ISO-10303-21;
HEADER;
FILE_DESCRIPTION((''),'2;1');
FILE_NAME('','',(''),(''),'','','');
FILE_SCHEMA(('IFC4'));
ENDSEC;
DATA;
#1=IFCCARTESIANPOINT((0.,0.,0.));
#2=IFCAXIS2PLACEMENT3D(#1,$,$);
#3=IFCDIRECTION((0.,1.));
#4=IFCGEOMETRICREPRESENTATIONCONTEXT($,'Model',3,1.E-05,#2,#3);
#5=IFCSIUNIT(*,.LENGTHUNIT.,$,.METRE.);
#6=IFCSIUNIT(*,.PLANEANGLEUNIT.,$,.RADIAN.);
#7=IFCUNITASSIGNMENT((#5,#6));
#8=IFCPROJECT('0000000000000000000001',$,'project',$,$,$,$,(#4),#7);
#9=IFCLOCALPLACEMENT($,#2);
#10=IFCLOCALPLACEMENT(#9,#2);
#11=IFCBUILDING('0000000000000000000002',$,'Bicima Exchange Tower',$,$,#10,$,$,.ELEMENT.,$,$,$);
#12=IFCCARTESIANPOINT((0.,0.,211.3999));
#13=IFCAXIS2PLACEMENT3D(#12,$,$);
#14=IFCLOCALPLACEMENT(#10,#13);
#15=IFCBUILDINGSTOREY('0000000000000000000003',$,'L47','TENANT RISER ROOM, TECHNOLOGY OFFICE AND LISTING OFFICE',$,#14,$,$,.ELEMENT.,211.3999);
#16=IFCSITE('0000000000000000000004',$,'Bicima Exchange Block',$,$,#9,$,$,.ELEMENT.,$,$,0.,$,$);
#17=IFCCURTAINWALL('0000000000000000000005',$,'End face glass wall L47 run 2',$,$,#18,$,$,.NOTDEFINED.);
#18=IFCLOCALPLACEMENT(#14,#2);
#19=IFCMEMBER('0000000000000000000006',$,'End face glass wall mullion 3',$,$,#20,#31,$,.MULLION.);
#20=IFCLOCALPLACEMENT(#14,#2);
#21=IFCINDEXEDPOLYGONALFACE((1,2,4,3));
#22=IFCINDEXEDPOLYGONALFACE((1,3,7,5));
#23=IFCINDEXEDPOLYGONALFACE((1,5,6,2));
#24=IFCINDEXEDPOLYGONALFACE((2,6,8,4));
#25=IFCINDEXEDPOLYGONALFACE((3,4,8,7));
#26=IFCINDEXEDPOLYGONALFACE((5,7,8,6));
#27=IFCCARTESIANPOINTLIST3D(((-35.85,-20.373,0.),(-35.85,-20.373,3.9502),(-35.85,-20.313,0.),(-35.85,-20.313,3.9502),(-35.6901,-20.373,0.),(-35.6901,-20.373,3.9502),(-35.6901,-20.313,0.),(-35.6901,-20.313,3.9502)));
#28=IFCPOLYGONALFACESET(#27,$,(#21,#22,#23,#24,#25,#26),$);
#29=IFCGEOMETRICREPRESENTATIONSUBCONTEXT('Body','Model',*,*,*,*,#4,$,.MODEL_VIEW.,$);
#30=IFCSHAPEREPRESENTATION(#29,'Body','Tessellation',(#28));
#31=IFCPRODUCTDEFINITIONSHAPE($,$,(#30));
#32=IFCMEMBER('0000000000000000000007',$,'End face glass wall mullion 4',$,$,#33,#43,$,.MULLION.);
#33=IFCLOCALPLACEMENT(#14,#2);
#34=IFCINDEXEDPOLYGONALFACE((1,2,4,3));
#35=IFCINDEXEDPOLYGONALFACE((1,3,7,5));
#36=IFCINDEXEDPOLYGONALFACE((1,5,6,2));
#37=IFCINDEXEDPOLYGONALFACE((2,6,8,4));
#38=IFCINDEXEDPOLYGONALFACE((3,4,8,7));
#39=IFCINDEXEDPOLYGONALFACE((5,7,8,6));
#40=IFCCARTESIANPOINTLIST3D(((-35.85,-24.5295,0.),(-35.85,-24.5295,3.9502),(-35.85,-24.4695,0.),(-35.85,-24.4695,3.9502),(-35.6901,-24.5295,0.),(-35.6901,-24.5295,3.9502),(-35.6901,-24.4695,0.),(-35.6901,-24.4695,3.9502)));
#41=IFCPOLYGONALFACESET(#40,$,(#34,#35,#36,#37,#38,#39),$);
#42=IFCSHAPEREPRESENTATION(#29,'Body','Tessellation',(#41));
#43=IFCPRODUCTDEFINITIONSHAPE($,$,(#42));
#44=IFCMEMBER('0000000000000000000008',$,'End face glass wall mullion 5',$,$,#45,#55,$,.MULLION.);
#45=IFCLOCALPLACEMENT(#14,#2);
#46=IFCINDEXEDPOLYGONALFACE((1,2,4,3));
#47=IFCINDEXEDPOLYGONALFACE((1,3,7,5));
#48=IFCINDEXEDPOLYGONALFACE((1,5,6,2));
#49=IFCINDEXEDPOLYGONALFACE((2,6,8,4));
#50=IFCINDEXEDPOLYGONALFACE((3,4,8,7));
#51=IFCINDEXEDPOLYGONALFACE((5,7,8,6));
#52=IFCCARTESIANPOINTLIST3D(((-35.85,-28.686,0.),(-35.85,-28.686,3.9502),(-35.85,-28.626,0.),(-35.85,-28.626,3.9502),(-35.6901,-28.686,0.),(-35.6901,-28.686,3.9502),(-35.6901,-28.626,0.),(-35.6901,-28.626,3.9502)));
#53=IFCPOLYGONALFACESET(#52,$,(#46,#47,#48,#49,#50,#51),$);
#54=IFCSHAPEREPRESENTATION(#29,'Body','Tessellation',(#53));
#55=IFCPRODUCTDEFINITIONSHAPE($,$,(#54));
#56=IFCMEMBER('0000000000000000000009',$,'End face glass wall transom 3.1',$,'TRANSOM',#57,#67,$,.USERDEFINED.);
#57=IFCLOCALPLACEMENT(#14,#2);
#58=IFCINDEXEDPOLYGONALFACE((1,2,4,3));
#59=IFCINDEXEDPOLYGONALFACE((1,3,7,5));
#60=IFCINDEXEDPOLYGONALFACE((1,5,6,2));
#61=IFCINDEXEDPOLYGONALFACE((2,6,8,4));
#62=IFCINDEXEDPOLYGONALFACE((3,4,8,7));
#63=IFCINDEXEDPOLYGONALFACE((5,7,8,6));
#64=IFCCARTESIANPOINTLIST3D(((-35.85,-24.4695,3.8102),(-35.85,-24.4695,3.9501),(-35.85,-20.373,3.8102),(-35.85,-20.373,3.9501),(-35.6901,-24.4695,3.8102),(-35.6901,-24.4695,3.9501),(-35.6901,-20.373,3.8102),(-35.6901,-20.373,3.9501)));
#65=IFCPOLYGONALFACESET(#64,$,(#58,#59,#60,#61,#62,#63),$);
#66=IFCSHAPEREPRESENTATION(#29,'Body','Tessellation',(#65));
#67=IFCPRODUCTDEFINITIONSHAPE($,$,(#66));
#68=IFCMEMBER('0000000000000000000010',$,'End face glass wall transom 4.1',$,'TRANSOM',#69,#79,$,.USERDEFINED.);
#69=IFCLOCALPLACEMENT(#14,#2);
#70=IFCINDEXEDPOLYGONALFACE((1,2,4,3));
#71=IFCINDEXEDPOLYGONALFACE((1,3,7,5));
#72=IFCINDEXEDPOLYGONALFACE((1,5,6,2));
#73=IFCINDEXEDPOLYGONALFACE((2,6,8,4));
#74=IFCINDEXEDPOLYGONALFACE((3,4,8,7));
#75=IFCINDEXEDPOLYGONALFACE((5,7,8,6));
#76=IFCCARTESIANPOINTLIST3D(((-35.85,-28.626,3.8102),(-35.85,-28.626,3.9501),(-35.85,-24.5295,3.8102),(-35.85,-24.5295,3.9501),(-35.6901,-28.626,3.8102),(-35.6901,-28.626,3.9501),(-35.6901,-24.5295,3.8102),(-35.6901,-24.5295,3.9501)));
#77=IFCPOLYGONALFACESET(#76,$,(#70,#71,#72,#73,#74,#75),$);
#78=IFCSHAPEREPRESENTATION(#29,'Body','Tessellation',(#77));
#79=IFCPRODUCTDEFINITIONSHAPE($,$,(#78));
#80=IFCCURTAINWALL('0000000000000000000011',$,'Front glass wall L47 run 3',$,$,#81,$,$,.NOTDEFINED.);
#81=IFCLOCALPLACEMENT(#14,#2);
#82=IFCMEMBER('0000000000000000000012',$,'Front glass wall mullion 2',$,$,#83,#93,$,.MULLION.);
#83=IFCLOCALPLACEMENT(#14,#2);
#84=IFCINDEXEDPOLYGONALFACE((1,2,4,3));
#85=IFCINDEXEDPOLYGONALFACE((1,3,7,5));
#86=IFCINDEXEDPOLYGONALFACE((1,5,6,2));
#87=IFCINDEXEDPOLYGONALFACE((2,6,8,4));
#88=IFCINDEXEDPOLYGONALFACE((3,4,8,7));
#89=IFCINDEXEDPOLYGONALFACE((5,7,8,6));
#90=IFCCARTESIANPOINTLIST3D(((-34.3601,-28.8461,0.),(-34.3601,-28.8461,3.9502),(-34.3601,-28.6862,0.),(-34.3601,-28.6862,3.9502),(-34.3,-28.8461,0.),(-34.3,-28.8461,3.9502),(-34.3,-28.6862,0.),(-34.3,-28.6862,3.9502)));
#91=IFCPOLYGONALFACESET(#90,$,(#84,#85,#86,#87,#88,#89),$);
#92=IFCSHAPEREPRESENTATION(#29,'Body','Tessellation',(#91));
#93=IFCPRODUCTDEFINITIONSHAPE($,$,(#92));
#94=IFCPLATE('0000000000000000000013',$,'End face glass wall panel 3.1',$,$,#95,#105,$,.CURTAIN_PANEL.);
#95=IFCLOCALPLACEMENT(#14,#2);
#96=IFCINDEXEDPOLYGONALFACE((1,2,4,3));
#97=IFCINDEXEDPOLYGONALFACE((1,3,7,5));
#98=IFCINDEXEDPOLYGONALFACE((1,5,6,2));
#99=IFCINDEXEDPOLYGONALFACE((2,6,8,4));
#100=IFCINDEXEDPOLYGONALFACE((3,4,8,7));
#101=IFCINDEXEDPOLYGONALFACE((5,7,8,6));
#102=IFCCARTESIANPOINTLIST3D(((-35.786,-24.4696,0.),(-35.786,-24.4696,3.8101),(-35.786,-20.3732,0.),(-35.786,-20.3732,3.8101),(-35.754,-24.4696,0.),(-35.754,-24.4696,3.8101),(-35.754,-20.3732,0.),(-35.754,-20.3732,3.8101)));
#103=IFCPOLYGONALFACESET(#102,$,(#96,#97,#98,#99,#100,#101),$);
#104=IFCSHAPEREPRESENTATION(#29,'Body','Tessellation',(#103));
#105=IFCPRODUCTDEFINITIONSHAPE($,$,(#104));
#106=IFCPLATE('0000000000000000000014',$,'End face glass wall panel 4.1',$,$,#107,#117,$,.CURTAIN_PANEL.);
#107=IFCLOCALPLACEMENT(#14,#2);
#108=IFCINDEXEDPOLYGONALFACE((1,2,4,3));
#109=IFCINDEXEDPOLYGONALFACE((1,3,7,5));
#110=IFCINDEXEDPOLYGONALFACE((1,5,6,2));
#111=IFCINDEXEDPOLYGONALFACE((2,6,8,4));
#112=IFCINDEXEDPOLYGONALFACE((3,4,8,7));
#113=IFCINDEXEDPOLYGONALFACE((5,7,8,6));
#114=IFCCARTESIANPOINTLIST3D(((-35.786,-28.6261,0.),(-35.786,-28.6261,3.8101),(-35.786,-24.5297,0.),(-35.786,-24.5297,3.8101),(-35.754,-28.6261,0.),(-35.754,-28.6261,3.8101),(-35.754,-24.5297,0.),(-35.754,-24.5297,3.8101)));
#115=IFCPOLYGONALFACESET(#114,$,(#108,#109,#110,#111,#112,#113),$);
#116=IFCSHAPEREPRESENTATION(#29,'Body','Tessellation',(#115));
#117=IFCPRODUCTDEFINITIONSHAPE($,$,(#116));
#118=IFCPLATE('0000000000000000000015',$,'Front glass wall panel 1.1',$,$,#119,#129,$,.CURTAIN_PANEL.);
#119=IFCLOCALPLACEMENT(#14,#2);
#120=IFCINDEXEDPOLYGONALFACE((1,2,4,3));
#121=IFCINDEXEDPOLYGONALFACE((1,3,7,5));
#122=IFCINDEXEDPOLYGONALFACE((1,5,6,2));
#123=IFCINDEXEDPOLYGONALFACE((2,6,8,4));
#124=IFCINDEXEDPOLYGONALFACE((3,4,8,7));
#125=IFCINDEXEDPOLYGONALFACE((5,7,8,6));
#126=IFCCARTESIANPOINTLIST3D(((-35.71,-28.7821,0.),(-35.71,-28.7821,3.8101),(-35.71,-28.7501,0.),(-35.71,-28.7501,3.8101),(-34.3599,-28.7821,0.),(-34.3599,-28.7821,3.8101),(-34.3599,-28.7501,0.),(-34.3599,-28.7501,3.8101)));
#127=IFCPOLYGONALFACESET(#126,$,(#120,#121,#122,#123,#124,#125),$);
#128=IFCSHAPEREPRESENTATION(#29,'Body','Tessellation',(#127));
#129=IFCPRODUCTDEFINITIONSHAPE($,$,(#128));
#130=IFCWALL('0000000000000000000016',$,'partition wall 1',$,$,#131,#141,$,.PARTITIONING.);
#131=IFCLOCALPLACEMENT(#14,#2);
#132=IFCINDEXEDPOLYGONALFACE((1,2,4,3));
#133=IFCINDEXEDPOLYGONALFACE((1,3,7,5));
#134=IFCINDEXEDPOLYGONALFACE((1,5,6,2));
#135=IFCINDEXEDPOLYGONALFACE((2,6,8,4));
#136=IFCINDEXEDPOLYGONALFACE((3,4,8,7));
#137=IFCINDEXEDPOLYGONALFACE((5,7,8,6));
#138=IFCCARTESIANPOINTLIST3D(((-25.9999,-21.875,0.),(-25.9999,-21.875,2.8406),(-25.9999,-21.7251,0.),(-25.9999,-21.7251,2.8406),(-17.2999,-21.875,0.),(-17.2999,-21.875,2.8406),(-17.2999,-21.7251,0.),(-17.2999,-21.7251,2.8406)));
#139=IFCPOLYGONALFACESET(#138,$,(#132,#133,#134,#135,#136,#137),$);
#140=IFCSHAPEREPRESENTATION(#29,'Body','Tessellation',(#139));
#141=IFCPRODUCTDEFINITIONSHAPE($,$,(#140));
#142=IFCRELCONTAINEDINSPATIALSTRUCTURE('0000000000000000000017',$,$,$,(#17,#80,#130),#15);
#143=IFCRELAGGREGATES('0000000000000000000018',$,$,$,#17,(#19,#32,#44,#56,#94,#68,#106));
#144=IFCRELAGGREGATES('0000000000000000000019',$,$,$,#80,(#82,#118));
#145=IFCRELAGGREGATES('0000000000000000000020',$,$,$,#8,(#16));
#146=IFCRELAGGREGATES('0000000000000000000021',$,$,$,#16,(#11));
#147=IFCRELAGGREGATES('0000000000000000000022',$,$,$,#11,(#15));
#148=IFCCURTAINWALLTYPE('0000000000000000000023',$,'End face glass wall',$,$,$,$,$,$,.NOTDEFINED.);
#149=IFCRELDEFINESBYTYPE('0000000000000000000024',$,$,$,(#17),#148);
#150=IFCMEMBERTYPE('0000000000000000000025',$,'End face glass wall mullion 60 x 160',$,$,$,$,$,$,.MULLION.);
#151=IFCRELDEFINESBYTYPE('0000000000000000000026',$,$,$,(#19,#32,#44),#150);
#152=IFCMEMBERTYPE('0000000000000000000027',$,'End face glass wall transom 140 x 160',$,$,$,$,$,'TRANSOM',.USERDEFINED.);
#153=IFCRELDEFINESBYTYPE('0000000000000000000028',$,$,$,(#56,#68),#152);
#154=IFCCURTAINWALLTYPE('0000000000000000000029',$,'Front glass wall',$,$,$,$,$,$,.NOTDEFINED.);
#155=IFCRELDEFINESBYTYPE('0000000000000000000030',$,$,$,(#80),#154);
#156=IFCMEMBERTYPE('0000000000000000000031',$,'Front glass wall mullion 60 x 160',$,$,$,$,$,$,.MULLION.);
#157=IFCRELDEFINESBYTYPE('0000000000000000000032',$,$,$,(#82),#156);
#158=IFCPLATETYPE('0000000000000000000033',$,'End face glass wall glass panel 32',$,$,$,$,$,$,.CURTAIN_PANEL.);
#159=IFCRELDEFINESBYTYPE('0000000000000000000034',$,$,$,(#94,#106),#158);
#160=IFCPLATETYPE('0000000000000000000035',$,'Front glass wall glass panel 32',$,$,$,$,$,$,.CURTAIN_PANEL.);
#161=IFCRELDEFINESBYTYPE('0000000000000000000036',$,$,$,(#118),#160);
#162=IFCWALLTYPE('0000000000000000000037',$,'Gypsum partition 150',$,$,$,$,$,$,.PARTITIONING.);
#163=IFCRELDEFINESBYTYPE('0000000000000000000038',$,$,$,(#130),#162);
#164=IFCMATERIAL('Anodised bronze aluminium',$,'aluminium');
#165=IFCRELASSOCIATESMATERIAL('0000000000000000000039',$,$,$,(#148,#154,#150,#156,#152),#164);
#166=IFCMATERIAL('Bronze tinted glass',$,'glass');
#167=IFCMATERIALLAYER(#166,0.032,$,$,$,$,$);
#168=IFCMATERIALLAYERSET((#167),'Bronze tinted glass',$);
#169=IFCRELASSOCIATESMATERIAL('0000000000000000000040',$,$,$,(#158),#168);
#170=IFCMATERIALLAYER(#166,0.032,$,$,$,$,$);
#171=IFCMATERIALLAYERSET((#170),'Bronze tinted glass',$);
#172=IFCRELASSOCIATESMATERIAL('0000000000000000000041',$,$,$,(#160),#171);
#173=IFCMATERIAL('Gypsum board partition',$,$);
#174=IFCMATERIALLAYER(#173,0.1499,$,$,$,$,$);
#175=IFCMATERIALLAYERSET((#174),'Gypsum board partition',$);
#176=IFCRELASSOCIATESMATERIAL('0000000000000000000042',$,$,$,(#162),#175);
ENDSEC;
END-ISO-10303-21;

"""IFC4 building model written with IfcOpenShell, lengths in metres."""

from ifc_helpers import new_model, si_unit, direction, frame, frame_2d, origin, origin_2d, place, context, subcontext, project, spatial, rectangle, extrude, material, layer, layer_set, material_profile, profile_set, type_object, element, aggregate, save


model = new_model("IFC4")

# Units and contexts
model_context = context("Model", 3, precision=1e-05, world=origin(), true_north=direction((0.0, 1.0)))
body_context = subcontext(model_context, "Body", "Model", "MODEL_VIEW")
ifc_project = project(units=[si_unit("LENGTHUNIT", "METRE"), si_unit("PLANEANGLEUNIT", "RADIAN")], contexts=[model_context])

# Site, building, storey
site_placement = place(None, origin())
site = spatial("IfcSite", under=ifc_project, at=site_placement, Name="Bicima Exchange Block", CompositionType="ELEMENT", RefElevation=0.0)
building_placement = place(site_placement, origin())
building = spatial("IfcBuilding", under=site, at=building_placement, Name="Bicima Exchange Tower", CompositionType="ELEMENT")
storey_placement = place(building_placement, frame((0.0, 0.0, 211.3999)))
storey = spatial("IfcBuildingStorey", under=building, at=storey_placement, Name="L47", Description="TENANT RISER ROOM, TECHNOLOGY OFFICE AND LISTING OFFICE", CompositionType="ELEMENT", Elevation=211.3999)

# Curtain wall, members
ifc_material_1 = material(Name="Anodised bronze aluminium", Category="aluminium")
curtain_wall_type_1 = type_object("IfcCurtainWallType", Name="End face glass wall", PredefinedType="NOTDEFINED", material=ifc_material_1)
curtain_wall_1_placement = place(storey_placement, origin())
curtain_wall_1 = element("IfcCurtainWall", 1, at=curtain_wall_1_placement, inside=storey, type_object=curtain_wall_type_1, Name="End face glass wall L47 run 2", PredefinedType="NOTDEFINED")
ifc_material_profile_1 = material_profile(ifc_material_1, rectangle(XDim=0.1599, YDim=0.0601, at=origin_2d()))
ifc_profile_set_1 = profile_set([ifc_material_profile_1], Name="Anodised bronze aluminium")
member_type_1 = type_object("IfcMemberType", Name="End face glass wall mullion 60 x 160", PredefinedType="MULLION", material=ifc_profile_set_1)
member_1_placement = place(storey_placement, frame((-35.77, -20.343, 0.0), z_axis=(0.0, 0.0, 1.0), x_axis=(1.0, 0.0, 0.0)))
member_1 = element("IfcMember", 2, at=member_1_placement, type_object=member_type_1, Name="End face glass wall mullion 3", PredefinedType="MULLION", context=body_context, shape_type="SweptSolid", body=[
    extrude(rectangle(XDim=0.1599, YDim=0.0601, at=origin_2d()), origin(), (0.0, 0.0, 1.0), 3.9502),
])
member_2_placement = place(storey_placement, frame((-35.77, -24.4995, 0.0), z_axis=(0.0, 0.0, 1.0), x_axis=(1.0, 0.0, 0.0)))
member_2 = element("IfcMember", 3, at=member_2_placement, type_object=member_type_1, Name="End face glass wall mullion 4", PredefinedType="MULLION", context=body_context, shape_type="SweptSolid", body=[
    extrude(rectangle(XDim=0.1599, YDim=0.0601, at=origin_2d()), origin(), (0.0, 0.0, 1.0), 3.9502),
])
member_3_placement = place(storey_placement, frame((-35.77, -28.656, 0.0), z_axis=(0.0, 0.0, 1.0), x_axis=(1.0, 0.0, 0.0)))
member_3 = element("IfcMember", 4, at=member_3_placement, type_object=member_type_1, Name="End face glass wall mullion 5", PredefinedType="MULLION", context=body_context, shape_type="SweptSolid", body=[
    extrude(rectangle(XDim=0.1599, YDim=0.0601, at=origin_2d()), origin(), (0.0, 0.0, 1.0), 3.9502),
])
ifc_material_profile_2 = material_profile(ifc_material_1, rectangle(XDim=0.1599, YDim=0.1399, at=origin_2d()))
ifc_profile_set_2 = profile_set([ifc_material_profile_2], Name="Anodised bronze aluminium")
member_type_2 = type_object("IfcMemberType", Name="End face glass wall transom 140 x 160", ElementType="TRANSOM", PredefinedType="USERDEFINED", material=ifc_profile_set_2)
member_4_placement = place(storey_placement, frame((-35.77, -20.373, 3.8801), z_axis=(0.0, -1.0, 0.0), x_axis=(1.0, 0.0, 0.0)))
member_4 = element("IfcMember", 5, at=member_4_placement, type_object=member_type_2, Name="End face glass wall transom 3.1", ObjectType="TRANSOM", PredefinedType="USERDEFINED", context=body_context, shape_type="SweptSolid", body=[
    extrude(rectangle(XDim=0.1599, YDim=0.1399, at=origin_2d()), origin(), (0.0, 0.0, 1.0), 4.0964),
])
member_5_placement = place(storey_placement, frame((-35.77, -24.5295, 3.8801), z_axis=(0.0, -1.0, 0.0), x_axis=(1.0, 0.0, 0.0)))
member_5 = element("IfcMember", 6, at=member_5_placement, type_object=member_type_2, Name="End face glass wall transom 4.1", ObjectType="TRANSOM", PredefinedType="USERDEFINED", context=body_context, shape_type="SweptSolid", body=[
    extrude(rectangle(XDim=0.1599, YDim=0.1399, at=origin_2d()), origin(), (0.0, 0.0, 1.0), 4.0964),
])

# Curtain wall, member
curtain_wall_type_2 = type_object("IfcCurtainWallType", Name="Front glass wall", PredefinedType="NOTDEFINED", material=ifc_material_1)
curtain_wall_2_placement = place(storey_placement, origin())
curtain_wall_2 = element("IfcCurtainWall", 7, at=curtain_wall_2_placement, inside=storey, type_object=curtain_wall_type_2, Name="Front glass wall L47 run 3", PredefinedType="NOTDEFINED")
member_type_3 = type_object("IfcMemberType", Name="Front glass wall mullion 60 x 160", PredefinedType="MULLION", material=ifc_profile_set_1)
member_6_placement = place(storey_placement, frame((-34.3301, -28.7661, 0.0), z_axis=(0.0, 0.0, 1.0), x_axis=(0.0, 1.0, 0.0)))
member_6 = element("IfcMember", 8, at=member_6_placement, type_object=member_type_3, Name="Front glass wall mullion 2", PredefinedType="MULLION", context=body_context, shape_type="SweptSolid", body=[
    extrude(rectangle(XDim=0.1599, YDim=0.0601, at=origin_2d()), origin(), (0.0, 0.0, 1.0), 3.9502),
])

# Plates
ifc_material_2 = material(Name="Bronze tinted glass", Category="glass")
ifc_layer_1 = layer(ifc_material_2, 0.032)
ifc_layer_set_1 = layer_set([ifc_layer_1], Name="Bronze tinted glass")
plate_type_1 = type_object("IfcPlateType", Name="End face glass wall glass panel 32", PredefinedType="CURTAIN_PANEL", material=ifc_layer_set_1)
plate_1_placement = place(storey_placement, frame((-35.77, -22.4214, 0.0), z_axis=(0.0, 0.0, 1.0), x_axis=(0.0, -1.0, 0.0)))
plate_1 = element("IfcPlate", 9, at=plate_1_placement, type_object=plate_type_1, Name="End face glass wall panel 3.1", PredefinedType="CURTAIN_PANEL", context=body_context, shape_type="SweptSolid", body=[
    extrude(rectangle(XDim=4.0964, YDim=0.032, at=origin_2d()), origin(), (0.0, 0.0, 1.0), 3.8101),
])
plate_2_placement = place(storey_placement, frame((-35.77, -26.5779, 0.0), z_axis=(0.0, 0.0, 1.0), x_axis=(0.0, -1.0, 0.0)))
plate_2 = element("IfcPlate", 10, at=plate_2_placement, type_object=plate_type_1, Name="End face glass wall panel 4.1", PredefinedType="CURTAIN_PANEL", context=body_context, shape_type="SweptSolid", body=[
    extrude(rectangle(XDim=4.0964, YDim=0.032, at=origin_2d()), origin(), (0.0, 0.0, 1.0), 3.8101),
])
aggregate(curtain_wall_1, [member_1, member_2, member_3, member_4, plate_1, member_5, plate_2])
ifc_layer_2 = layer(ifc_material_2, 0.032)
ifc_layer_set_2 = layer_set([ifc_layer_2], Name="Bronze tinted glass")
plate_type_2 = type_object("IfcPlateType", Name="Front glass wall glass panel 32", PredefinedType="CURTAIN_PANEL", material=ifc_layer_set_2)
plate_3_placement = place(storey_placement, frame((-35.0349, -28.7661, 0.0), z_axis=(0.0, 0.0, 1.0), x_axis=(1.0, 0.0, 0.0)))
plate_3 = element("IfcPlate", 11, at=plate_3_placement, type_object=plate_type_2, Name="Front glass wall panel 1.1", PredefinedType="CURTAIN_PANEL", context=body_context, shape_type="SweptSolid", body=[
    extrude(rectangle(XDim=1.3501, YDim=0.032, at=origin_2d()), origin(), (0.0, 0.0, 1.0), 3.8101),
])
aggregate(curtain_wall_2, [member_6, plate_3])

# Wall
ifc_material_3 = material(Name="Gypsum board partition")
ifc_layer_3 = layer(ifc_material_3, 0.1499)
ifc_layer_set_3 = layer_set([ifc_layer_3], Name="Gypsum board partition")
wall_type = type_object("IfcWallType", Name="Gypsum partition 150", PredefinedType="PARTITIONING", material=ifc_layer_set_3)
wall_placement = place(storey_placement, frame((-26.0, -21.8, 0.0), z_axis=(0.0, 0.0, 1.0), x_axis=(1.0, 0.0, 0.0)))
element("IfcWall", 12, at=wall_placement, inside=storey, type_object=wall_type, Name="partition wall 1", PredefinedType="PARTITIONING", context=body_context, shape_type="SweptSolid", body=[
    extrude(rectangle(XDim=8.7, YDim=0.1499, at=frame_2d((4.3501, 0.0))), origin(), (0.0, 0.0, 1.0), 2.8406),
])

save(model, "model.ifc")
